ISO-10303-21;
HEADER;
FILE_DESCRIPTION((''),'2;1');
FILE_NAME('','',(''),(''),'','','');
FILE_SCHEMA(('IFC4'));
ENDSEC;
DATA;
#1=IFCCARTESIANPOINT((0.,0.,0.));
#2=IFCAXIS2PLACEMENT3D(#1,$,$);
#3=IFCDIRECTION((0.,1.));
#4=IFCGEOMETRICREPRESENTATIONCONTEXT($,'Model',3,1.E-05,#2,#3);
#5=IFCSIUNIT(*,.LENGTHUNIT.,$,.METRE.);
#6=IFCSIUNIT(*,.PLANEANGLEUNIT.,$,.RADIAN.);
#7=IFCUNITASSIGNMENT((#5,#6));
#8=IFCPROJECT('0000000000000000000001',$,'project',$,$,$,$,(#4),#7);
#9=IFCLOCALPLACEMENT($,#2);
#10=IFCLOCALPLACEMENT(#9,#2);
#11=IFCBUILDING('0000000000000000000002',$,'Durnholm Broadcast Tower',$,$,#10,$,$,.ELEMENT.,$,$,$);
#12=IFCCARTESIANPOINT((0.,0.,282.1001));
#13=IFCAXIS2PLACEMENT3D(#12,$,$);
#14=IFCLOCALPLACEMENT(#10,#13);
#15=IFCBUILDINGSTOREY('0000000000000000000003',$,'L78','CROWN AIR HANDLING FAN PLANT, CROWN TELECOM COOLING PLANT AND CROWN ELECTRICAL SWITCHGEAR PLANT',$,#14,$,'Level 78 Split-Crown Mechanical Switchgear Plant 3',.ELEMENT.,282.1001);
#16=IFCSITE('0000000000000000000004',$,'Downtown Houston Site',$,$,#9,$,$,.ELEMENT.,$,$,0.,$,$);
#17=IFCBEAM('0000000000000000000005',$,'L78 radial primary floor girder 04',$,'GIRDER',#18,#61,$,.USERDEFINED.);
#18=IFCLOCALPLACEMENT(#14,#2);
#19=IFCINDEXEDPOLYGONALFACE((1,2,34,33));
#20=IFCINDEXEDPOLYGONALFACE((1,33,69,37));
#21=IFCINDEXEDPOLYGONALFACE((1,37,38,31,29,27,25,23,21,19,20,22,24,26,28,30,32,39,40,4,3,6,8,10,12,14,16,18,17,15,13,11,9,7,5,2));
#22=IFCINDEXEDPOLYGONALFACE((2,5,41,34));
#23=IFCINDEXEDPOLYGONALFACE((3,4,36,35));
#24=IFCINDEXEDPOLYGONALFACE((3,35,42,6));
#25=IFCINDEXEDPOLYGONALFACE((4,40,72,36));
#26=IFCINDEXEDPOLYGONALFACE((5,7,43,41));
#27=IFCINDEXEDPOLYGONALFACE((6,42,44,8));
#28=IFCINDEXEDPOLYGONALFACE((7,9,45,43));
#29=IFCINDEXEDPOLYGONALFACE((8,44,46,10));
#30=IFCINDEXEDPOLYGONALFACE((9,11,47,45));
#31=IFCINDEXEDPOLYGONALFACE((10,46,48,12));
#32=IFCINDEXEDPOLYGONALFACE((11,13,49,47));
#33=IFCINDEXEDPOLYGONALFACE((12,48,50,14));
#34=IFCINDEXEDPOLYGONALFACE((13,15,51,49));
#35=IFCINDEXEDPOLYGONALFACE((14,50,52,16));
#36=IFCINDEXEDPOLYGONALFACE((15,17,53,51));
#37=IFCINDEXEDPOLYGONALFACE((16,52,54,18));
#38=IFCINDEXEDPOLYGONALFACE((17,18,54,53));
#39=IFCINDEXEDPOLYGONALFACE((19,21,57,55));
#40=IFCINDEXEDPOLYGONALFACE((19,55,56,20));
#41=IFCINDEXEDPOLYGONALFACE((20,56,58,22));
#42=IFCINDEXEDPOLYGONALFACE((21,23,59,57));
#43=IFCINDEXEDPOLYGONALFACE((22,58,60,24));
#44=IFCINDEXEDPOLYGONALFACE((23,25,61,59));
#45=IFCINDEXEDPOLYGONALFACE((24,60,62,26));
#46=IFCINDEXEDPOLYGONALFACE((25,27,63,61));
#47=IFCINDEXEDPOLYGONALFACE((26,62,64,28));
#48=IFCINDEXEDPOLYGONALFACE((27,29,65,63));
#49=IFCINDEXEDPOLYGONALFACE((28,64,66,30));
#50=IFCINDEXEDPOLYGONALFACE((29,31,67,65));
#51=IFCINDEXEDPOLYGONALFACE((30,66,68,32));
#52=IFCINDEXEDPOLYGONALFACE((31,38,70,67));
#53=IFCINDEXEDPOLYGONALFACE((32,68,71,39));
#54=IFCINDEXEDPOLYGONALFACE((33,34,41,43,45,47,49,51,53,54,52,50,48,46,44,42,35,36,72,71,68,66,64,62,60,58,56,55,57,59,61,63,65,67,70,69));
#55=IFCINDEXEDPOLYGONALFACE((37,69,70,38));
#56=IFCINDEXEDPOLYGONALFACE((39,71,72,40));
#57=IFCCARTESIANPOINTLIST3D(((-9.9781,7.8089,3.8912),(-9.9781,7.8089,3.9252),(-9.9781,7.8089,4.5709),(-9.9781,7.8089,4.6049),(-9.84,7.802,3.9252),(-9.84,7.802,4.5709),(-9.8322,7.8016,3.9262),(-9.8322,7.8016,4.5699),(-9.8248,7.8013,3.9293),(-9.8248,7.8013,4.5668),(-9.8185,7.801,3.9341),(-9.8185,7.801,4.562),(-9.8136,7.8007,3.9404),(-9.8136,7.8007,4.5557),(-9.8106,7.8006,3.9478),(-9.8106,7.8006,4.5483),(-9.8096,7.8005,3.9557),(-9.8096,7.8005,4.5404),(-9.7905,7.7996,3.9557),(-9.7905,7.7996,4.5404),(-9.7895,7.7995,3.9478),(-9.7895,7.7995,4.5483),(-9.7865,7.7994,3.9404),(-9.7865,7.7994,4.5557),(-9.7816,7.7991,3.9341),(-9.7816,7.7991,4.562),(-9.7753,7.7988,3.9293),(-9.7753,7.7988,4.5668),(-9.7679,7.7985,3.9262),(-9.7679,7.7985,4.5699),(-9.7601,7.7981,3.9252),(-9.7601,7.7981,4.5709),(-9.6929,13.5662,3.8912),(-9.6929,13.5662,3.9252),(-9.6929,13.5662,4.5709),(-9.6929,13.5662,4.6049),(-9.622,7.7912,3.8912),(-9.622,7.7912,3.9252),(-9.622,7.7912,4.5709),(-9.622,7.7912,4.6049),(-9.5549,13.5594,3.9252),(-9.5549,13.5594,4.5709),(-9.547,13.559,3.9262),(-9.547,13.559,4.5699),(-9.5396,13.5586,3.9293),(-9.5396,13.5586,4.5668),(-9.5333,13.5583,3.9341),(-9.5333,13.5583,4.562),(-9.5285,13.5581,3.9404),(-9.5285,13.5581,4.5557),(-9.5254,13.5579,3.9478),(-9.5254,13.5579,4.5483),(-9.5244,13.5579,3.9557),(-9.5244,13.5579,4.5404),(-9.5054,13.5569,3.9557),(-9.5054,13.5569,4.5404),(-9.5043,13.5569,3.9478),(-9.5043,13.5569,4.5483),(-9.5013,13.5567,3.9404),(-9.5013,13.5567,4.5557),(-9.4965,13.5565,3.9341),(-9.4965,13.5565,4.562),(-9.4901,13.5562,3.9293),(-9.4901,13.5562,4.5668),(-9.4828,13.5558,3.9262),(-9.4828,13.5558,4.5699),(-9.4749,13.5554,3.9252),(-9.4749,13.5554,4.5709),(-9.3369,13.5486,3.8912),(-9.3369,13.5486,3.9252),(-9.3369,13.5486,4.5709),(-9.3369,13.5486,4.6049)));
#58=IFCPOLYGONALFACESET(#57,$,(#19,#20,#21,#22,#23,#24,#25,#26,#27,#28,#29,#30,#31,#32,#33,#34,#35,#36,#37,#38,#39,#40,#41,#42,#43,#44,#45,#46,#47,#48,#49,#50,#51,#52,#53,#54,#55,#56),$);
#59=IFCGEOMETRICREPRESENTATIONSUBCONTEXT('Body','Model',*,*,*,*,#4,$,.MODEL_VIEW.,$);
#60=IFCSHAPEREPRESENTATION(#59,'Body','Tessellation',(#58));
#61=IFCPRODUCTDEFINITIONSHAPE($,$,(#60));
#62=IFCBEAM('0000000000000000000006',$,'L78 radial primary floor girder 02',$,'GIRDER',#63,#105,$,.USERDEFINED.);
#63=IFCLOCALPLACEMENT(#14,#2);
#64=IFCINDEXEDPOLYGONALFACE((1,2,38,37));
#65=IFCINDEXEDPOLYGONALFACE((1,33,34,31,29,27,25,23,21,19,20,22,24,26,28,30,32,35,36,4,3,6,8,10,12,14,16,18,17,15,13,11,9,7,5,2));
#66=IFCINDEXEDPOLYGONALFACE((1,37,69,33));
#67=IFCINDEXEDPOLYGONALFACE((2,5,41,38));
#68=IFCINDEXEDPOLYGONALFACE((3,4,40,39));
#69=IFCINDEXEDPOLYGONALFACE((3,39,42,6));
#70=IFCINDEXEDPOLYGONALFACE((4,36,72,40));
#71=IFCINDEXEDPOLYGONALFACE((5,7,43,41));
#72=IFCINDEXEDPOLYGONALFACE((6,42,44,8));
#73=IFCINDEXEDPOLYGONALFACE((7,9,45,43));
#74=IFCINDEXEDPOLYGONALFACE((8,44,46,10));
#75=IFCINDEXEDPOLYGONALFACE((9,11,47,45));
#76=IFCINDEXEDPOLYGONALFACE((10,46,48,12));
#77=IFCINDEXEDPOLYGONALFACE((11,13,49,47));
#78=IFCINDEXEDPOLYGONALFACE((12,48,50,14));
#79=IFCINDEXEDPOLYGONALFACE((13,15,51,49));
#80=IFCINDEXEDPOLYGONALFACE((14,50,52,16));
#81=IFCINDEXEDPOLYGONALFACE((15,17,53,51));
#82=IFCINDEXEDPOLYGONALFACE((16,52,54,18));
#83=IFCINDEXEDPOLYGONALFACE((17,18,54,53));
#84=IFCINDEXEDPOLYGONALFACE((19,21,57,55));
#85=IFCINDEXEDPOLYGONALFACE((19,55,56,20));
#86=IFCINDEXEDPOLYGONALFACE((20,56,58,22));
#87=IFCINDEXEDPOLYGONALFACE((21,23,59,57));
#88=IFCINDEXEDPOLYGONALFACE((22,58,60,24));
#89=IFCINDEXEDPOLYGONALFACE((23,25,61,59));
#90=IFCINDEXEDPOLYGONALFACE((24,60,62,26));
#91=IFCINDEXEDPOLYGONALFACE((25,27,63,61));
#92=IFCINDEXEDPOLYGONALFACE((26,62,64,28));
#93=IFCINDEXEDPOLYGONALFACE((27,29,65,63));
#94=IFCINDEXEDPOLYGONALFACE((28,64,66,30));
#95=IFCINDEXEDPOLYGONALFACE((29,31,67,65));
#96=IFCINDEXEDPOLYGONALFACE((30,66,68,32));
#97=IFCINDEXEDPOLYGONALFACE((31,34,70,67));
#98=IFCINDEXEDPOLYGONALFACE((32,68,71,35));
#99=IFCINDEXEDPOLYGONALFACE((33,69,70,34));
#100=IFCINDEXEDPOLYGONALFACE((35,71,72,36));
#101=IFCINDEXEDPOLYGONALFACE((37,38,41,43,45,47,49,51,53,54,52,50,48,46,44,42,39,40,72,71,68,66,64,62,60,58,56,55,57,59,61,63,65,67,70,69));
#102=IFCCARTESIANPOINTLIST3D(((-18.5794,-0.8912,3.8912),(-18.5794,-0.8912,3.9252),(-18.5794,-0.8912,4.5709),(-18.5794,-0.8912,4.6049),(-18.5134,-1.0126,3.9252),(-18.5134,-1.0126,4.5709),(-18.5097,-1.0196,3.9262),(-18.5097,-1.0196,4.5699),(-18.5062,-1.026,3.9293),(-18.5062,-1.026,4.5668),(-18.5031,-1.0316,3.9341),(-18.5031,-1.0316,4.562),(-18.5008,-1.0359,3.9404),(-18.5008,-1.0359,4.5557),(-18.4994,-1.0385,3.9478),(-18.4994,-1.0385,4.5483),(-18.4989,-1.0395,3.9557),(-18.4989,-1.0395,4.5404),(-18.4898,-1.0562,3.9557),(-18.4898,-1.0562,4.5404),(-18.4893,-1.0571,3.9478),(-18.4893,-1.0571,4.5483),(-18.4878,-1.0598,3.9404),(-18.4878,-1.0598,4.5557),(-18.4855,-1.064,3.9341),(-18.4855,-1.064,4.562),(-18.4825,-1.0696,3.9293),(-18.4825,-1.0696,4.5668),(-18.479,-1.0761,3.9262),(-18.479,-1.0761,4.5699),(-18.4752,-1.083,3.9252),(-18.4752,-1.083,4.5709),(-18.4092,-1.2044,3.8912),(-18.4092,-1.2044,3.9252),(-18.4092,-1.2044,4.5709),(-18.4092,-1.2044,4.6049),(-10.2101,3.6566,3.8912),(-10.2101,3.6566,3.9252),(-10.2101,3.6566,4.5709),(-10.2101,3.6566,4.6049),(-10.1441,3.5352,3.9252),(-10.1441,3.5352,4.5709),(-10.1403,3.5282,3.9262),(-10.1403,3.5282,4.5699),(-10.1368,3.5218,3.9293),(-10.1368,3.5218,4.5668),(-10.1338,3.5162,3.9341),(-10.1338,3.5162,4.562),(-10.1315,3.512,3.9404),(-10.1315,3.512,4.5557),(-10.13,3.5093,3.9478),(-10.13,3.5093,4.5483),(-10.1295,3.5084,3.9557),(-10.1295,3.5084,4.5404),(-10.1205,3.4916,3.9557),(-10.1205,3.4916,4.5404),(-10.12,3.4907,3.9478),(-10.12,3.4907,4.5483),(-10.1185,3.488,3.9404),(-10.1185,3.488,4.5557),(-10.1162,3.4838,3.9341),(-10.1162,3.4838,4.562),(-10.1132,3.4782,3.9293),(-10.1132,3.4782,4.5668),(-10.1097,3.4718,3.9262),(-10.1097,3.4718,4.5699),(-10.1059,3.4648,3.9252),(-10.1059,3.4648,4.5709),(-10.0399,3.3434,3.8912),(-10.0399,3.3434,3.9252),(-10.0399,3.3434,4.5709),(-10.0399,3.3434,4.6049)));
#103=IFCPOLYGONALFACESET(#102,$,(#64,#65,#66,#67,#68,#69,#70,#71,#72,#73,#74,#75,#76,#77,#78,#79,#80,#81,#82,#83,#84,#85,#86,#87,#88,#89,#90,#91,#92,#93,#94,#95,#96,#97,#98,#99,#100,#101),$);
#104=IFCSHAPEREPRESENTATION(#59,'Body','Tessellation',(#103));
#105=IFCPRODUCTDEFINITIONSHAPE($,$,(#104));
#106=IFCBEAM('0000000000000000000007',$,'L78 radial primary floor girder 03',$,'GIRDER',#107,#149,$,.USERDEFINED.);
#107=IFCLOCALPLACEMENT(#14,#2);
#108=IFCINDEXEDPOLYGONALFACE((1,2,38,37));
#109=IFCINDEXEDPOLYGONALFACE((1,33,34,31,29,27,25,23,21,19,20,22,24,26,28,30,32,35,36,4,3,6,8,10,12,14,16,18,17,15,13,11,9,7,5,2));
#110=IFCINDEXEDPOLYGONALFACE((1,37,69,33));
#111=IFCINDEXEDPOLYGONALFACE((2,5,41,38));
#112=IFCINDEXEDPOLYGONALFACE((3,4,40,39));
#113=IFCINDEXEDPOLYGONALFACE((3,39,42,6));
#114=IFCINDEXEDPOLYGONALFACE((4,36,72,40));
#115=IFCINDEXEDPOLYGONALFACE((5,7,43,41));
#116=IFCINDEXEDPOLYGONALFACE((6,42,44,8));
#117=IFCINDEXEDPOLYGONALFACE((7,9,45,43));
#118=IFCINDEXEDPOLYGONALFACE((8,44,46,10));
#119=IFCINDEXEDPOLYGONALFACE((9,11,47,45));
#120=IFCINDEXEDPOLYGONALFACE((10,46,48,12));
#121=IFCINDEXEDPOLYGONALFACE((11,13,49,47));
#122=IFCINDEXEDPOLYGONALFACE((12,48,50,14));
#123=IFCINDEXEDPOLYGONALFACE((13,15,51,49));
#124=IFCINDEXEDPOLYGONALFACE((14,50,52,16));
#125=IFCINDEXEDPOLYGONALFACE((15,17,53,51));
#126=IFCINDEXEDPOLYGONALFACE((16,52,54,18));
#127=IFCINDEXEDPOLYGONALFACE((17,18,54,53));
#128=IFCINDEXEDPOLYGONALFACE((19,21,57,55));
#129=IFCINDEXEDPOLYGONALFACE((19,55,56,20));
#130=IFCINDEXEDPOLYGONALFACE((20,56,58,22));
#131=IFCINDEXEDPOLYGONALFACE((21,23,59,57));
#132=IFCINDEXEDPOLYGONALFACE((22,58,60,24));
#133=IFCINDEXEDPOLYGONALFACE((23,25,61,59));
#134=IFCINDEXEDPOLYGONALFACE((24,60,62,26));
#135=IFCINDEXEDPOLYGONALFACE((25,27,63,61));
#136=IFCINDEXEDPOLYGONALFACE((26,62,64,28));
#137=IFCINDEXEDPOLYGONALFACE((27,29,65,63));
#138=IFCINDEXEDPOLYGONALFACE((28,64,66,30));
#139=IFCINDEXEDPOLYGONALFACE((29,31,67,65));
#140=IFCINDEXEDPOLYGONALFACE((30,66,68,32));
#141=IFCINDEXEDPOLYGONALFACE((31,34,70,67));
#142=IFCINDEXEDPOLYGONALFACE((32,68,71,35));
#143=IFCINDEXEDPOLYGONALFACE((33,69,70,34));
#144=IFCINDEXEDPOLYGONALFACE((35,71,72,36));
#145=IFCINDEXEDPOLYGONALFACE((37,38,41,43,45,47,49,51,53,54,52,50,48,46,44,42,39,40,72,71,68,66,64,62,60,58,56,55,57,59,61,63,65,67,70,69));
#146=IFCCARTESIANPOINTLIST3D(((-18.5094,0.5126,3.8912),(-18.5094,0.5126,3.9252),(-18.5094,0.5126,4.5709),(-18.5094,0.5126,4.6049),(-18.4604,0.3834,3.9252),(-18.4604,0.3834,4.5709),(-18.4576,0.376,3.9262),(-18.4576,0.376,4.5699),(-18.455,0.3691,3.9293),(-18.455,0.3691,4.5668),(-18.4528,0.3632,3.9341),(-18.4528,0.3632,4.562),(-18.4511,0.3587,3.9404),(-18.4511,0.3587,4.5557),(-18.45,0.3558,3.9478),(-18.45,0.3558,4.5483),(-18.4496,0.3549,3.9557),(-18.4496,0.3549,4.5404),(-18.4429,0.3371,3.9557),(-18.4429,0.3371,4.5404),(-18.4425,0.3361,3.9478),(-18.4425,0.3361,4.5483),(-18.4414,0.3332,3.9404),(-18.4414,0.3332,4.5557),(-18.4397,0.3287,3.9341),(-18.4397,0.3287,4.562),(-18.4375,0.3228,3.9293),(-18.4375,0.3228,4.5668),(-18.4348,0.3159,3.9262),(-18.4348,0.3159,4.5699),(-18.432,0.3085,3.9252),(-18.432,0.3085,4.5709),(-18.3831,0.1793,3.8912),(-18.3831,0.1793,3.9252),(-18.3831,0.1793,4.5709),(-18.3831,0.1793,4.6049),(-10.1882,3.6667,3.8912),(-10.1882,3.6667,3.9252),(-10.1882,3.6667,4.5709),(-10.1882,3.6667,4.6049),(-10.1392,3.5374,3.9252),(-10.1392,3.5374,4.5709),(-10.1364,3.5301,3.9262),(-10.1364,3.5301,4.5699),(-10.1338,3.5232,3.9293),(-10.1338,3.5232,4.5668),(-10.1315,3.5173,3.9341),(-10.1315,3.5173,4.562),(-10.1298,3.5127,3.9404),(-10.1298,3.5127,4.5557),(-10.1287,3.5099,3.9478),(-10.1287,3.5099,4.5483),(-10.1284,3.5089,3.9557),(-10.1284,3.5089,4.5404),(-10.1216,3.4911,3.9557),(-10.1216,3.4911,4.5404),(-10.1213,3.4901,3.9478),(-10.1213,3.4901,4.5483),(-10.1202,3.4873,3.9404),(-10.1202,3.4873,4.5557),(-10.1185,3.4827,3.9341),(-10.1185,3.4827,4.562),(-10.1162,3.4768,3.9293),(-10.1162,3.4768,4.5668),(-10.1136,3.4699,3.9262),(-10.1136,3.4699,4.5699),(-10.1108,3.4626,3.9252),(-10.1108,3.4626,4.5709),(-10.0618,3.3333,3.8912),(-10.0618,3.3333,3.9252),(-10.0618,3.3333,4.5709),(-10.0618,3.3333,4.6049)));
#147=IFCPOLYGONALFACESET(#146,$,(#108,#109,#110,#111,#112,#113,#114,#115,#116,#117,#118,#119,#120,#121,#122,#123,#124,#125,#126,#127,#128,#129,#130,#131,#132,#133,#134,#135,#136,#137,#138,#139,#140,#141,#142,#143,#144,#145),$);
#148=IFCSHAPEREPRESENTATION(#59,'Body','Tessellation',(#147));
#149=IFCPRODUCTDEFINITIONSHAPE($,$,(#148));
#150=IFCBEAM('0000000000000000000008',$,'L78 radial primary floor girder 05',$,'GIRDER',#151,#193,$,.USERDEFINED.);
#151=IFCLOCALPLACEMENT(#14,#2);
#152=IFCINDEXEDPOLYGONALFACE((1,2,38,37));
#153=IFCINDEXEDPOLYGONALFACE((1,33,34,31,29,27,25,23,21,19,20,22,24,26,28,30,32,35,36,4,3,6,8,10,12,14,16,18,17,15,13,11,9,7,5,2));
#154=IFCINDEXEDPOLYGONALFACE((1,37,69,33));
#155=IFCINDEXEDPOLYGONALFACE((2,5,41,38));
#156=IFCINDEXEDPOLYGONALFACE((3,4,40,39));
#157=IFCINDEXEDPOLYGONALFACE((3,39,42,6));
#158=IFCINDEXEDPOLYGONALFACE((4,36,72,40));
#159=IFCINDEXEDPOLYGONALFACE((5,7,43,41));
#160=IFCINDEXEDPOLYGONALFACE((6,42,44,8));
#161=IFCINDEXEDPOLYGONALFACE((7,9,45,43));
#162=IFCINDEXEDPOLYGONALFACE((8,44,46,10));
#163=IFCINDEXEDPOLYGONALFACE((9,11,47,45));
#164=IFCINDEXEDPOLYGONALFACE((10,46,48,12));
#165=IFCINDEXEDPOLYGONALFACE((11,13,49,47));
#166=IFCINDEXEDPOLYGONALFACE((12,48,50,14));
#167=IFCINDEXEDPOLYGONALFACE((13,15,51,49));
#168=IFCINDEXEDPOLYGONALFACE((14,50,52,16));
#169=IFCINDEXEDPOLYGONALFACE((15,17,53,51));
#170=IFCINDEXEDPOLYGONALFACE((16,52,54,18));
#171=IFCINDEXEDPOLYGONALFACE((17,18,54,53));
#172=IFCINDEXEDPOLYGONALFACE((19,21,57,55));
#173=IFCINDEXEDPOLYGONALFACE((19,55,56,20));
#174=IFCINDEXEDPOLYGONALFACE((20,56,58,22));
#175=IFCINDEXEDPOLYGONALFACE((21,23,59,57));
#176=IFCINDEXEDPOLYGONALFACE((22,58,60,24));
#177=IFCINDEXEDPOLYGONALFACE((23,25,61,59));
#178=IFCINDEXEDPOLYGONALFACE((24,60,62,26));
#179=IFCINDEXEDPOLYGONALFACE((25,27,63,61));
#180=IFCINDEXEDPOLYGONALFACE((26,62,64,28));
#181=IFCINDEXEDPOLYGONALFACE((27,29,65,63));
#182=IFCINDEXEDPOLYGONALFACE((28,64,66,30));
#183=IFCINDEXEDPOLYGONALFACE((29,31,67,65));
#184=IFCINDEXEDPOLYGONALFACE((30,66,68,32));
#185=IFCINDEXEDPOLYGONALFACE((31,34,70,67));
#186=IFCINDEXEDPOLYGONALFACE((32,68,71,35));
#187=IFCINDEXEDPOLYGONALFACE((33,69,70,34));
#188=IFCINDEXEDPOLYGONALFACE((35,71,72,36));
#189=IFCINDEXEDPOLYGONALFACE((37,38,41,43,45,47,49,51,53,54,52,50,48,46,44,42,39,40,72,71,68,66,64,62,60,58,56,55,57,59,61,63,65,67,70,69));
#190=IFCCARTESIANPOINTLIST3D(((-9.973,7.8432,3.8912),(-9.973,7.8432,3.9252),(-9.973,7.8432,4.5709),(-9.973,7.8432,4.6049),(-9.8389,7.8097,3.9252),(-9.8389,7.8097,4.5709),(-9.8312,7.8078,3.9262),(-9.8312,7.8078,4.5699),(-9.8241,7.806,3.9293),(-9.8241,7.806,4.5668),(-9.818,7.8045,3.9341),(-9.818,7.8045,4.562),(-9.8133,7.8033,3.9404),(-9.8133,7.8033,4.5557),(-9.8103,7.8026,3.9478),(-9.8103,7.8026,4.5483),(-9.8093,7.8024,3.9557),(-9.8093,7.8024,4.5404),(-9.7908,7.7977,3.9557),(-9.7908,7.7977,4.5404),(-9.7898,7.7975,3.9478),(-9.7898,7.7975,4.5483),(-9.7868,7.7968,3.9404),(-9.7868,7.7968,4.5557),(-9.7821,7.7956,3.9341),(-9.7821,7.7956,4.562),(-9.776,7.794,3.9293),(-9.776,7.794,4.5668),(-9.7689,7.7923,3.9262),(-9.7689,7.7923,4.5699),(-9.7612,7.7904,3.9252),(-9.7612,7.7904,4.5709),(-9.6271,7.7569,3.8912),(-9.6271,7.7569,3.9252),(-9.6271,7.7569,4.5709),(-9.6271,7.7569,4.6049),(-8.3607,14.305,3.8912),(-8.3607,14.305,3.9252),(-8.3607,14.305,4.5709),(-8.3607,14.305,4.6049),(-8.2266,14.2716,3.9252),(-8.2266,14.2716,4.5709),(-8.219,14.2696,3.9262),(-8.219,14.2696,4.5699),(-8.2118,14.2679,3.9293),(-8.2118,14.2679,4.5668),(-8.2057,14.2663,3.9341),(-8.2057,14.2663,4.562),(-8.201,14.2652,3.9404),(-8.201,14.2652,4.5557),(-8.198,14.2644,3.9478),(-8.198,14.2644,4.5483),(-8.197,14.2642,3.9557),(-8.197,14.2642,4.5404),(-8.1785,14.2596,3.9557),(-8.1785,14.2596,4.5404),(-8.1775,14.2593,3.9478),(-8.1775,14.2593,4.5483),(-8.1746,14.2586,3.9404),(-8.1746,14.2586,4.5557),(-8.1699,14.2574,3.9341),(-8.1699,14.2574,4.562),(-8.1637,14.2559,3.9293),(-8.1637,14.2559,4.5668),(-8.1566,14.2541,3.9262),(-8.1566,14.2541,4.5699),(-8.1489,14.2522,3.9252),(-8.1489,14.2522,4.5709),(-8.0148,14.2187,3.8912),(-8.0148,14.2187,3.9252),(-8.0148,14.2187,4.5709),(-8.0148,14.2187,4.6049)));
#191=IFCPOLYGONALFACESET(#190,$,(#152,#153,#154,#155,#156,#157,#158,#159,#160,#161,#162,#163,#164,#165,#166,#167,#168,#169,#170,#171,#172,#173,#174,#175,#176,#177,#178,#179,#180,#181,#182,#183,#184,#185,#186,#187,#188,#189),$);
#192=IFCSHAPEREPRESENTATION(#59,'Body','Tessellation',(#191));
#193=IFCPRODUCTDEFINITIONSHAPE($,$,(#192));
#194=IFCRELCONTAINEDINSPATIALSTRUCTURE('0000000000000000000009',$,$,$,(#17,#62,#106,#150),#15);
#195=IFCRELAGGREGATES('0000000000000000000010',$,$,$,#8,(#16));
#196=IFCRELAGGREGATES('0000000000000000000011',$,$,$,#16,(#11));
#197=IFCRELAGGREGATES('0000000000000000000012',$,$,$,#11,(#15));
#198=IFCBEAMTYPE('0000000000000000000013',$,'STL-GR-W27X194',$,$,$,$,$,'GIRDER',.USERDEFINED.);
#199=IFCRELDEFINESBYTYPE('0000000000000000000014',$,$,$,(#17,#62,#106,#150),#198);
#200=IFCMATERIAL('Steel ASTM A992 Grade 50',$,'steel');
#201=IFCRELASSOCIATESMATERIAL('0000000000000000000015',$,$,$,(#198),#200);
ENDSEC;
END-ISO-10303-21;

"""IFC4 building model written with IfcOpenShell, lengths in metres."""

from ifc_helpers import new_model, si_unit, direction, frame, origin, origin_2d, place, context, subcontext, project, spatial, i_section, extrude, source, transform, mapped, material, material_profile, profile_set, type_object, type_shapes, element, save


model = new_model("IFC4")

# Units and contexts
model_context = context("Model", 3, precision=1e-05, world=origin(), true_north=direction((0.0, 1.0)))
body_context = subcontext(model_context, "Body", "Model", "MODEL_VIEW")
ifc_project = project(units=[si_unit("LENGTHUNIT", "METRE"), si_unit("PLANEANGLEUNIT", "RADIAN")], contexts=[model_context])

# Site, building, storey
site_placement = place(None, origin())
site = spatial("IfcSite", under=ifc_project, at=site_placement, Name="Downtown Houston Site", CompositionType="ELEMENT", RefElevation=0.0)
building_placement = place(site_placement, origin())
building = spatial("IfcBuilding", under=site, at=building_placement, Name="Durnholm Broadcast Tower", CompositionType="ELEMENT")
storey_placement = place(building_placement, frame((0.0, 0.0, 282.1001)))
storey = spatial("IfcBuildingStorey", under=building, at=storey_placement, Name="L78", Description="CROWN AIR HANDLING FAN PLANT, CROWN TELECOM COOLING PLANT AND CROWN ELECTRICAL SWITCHGEAR PLANT", LongName="Level 78 Split-Crown Mechanical Switchgear Plant 3", CompositionType="ELEMENT", Elevation=282.1001)

# Beams
ifc_material_1 = material(Name="Steel ASTM A992 Grade 50", Category="steel")
ifc_material_profile_1 = material_profile(ifc_material_1, i_section(OverallWidth=0.3564, OverallDepth=0.7136, WebThickness=0.019, FlangeThickness=0.0339, FilletRadius=0.0305, at=origin_2d()), Name="W27X194")
ifc_profile_set_1 = profile_set([ifc_material_profile_1], Name="Steel ASTM A992 Grade 50")
beam_type_1 = type_object("IfcBeamType", Name="STL-GR-W27X194", ElementType="GIRDER", PredefinedType="USERDEFINED", material=ifc_profile_set_1)
shared_shape_1 = source(origin(), body_context, "Body", "SweptSolid", [
    extrude(i_section(OverallWidth=0.3564, OverallDepth=0.7136, WebThickness=0.019, FlangeThickness=0.0339, FilletRadius=0.0305, at=origin_2d()), origin(), (0.0, 0.0, 1.0), 5.7644),
])
beam_1_placement = place(storey_placement, frame((-9.8, 7.8, 4.248), z_axis=(0.049469, 0.998776, 0.0), x_axis=(-0.998776, 0.049469, 0.0)))
element("IfcBeam", 1, at=beam_1_placement, inside=storey, type_object=beam_type_1, Name="L78 radial primary floor girder 04", ObjectType="GIRDER", PredefinedType="USERDEFINED", context=body_context, shape_type="MappedRepresentation", body=[
    mapped(shared_shape_1, transform((0.0, 0.0, 0.0), x_axis=(1.0, 0.0, 0.0), y_axis=(0.0, 1.0, 0.0), z_axis=(0.0, 0.0, 1.0), scale=1.0)),
])
shared_shape_2 = source(origin(), body_context, "Body", "SweptSolid", [
    extrude(i_section(OverallWidth=0.3564, OverallDepth=0.7136, WebThickness=0.019, FlangeThickness=0.0339, FilletRadius=0.0305, at=origin_2d()), origin(), (0.0, 0.0, 1.0), 9.5251),
])
beam_2_placement = place(storey_placement, frame((-10.125, 3.5, 4.248), z_axis=(-0.878657, -0.477454, 0.0), x_axis=(0.477454, -0.878657, 0.0)))
element("IfcBeam", 2, at=beam_2_placement, inside=storey, type_object=beam_type_1, Name="L78 radial primary floor girder 02", ObjectType="GIRDER", PredefinedType="USERDEFINED", context=body_context, shape_type="MappedRepresentation", body=[
    mapped(shared_shape_2, transform((0.0, 0.0, 0.0), x_axis=(1.0, 0.0, 0.0), y_axis=(0.0, 1.0, 0.0), z_axis=(0.0, 0.0, 1.0), scale=1.0)),
])
shared_shape_3 = source(origin(), body_context, "Body", "SweptSolid", [
    extrude(i_section(OverallWidth=0.3564, OverallDepth=0.7136, WebThickness=0.019, FlangeThickness=0.0339, FilletRadius=0.0305, at=origin_2d()), origin(), (0.0, 0.0, 1.0), 8.8989),
])
beam_3_placement = place(storey_placement, frame((-10.125, 3.5, 4.248), z_axis=(-0.935083, -0.354428, 0.0), x_axis=(0.354428, -0.935083, 0.0)))
element("IfcBeam", 3, at=beam_3_placement, inside=storey, type_object=beam_type_1, Name="L78 radial primary floor girder 03", ObjectType="GIRDER", PredefinedType="USERDEFINED", context=body_context, shape_type="MappedRepresentation", body=[
    mapped(shared_shape_3, transform((0.0, 0.0, 0.0), x_axis=(1.0, 0.0, 0.0), y_axis=(0.0, 1.0, 0.0), z_axis=(0.0, 0.0, 1.0), scale=1.0)),
])
shared_shape_4 = source(origin(), body_context, "Body", "SweptSolid", [
    extrude(i_section(OverallWidth=0.3564, OverallDepth=0.7136, WebThickness=0.019, FlangeThickness=0.0339, FilletRadius=0.0305, at=origin_2d()), origin(), (0.0, 0.0, 1.0), 6.6599),
])
type_shapes(beam_type_1, [shared_shape_1, shared_shape_2, shared_shape_3, shared_shape_4])
beam_4_placement = place(storey_placement, frame((-9.8, 7.8, 4.248), z_axis=(0.242087, 0.970255, 0.0), x_axis=(-0.970255, 0.242087, 0.0)))
element("IfcBeam", 4, at=beam_4_placement, inside=storey, type_object=beam_type_1, Name="L78 radial primary floor girder 05", ObjectType="GIRDER", PredefinedType="USERDEFINED", context=body_context, shape_type="MappedRepresentation", body=[
    mapped(shared_shape_4, transform((0.0, 0.0, 0.0), x_axis=(1.0, 0.0, 0.0), y_axis=(0.0, 1.0, 0.0), z_axis=(0.0, 0.0, 1.0), scale=1.0)),
])

save(model, "model.ifc")
